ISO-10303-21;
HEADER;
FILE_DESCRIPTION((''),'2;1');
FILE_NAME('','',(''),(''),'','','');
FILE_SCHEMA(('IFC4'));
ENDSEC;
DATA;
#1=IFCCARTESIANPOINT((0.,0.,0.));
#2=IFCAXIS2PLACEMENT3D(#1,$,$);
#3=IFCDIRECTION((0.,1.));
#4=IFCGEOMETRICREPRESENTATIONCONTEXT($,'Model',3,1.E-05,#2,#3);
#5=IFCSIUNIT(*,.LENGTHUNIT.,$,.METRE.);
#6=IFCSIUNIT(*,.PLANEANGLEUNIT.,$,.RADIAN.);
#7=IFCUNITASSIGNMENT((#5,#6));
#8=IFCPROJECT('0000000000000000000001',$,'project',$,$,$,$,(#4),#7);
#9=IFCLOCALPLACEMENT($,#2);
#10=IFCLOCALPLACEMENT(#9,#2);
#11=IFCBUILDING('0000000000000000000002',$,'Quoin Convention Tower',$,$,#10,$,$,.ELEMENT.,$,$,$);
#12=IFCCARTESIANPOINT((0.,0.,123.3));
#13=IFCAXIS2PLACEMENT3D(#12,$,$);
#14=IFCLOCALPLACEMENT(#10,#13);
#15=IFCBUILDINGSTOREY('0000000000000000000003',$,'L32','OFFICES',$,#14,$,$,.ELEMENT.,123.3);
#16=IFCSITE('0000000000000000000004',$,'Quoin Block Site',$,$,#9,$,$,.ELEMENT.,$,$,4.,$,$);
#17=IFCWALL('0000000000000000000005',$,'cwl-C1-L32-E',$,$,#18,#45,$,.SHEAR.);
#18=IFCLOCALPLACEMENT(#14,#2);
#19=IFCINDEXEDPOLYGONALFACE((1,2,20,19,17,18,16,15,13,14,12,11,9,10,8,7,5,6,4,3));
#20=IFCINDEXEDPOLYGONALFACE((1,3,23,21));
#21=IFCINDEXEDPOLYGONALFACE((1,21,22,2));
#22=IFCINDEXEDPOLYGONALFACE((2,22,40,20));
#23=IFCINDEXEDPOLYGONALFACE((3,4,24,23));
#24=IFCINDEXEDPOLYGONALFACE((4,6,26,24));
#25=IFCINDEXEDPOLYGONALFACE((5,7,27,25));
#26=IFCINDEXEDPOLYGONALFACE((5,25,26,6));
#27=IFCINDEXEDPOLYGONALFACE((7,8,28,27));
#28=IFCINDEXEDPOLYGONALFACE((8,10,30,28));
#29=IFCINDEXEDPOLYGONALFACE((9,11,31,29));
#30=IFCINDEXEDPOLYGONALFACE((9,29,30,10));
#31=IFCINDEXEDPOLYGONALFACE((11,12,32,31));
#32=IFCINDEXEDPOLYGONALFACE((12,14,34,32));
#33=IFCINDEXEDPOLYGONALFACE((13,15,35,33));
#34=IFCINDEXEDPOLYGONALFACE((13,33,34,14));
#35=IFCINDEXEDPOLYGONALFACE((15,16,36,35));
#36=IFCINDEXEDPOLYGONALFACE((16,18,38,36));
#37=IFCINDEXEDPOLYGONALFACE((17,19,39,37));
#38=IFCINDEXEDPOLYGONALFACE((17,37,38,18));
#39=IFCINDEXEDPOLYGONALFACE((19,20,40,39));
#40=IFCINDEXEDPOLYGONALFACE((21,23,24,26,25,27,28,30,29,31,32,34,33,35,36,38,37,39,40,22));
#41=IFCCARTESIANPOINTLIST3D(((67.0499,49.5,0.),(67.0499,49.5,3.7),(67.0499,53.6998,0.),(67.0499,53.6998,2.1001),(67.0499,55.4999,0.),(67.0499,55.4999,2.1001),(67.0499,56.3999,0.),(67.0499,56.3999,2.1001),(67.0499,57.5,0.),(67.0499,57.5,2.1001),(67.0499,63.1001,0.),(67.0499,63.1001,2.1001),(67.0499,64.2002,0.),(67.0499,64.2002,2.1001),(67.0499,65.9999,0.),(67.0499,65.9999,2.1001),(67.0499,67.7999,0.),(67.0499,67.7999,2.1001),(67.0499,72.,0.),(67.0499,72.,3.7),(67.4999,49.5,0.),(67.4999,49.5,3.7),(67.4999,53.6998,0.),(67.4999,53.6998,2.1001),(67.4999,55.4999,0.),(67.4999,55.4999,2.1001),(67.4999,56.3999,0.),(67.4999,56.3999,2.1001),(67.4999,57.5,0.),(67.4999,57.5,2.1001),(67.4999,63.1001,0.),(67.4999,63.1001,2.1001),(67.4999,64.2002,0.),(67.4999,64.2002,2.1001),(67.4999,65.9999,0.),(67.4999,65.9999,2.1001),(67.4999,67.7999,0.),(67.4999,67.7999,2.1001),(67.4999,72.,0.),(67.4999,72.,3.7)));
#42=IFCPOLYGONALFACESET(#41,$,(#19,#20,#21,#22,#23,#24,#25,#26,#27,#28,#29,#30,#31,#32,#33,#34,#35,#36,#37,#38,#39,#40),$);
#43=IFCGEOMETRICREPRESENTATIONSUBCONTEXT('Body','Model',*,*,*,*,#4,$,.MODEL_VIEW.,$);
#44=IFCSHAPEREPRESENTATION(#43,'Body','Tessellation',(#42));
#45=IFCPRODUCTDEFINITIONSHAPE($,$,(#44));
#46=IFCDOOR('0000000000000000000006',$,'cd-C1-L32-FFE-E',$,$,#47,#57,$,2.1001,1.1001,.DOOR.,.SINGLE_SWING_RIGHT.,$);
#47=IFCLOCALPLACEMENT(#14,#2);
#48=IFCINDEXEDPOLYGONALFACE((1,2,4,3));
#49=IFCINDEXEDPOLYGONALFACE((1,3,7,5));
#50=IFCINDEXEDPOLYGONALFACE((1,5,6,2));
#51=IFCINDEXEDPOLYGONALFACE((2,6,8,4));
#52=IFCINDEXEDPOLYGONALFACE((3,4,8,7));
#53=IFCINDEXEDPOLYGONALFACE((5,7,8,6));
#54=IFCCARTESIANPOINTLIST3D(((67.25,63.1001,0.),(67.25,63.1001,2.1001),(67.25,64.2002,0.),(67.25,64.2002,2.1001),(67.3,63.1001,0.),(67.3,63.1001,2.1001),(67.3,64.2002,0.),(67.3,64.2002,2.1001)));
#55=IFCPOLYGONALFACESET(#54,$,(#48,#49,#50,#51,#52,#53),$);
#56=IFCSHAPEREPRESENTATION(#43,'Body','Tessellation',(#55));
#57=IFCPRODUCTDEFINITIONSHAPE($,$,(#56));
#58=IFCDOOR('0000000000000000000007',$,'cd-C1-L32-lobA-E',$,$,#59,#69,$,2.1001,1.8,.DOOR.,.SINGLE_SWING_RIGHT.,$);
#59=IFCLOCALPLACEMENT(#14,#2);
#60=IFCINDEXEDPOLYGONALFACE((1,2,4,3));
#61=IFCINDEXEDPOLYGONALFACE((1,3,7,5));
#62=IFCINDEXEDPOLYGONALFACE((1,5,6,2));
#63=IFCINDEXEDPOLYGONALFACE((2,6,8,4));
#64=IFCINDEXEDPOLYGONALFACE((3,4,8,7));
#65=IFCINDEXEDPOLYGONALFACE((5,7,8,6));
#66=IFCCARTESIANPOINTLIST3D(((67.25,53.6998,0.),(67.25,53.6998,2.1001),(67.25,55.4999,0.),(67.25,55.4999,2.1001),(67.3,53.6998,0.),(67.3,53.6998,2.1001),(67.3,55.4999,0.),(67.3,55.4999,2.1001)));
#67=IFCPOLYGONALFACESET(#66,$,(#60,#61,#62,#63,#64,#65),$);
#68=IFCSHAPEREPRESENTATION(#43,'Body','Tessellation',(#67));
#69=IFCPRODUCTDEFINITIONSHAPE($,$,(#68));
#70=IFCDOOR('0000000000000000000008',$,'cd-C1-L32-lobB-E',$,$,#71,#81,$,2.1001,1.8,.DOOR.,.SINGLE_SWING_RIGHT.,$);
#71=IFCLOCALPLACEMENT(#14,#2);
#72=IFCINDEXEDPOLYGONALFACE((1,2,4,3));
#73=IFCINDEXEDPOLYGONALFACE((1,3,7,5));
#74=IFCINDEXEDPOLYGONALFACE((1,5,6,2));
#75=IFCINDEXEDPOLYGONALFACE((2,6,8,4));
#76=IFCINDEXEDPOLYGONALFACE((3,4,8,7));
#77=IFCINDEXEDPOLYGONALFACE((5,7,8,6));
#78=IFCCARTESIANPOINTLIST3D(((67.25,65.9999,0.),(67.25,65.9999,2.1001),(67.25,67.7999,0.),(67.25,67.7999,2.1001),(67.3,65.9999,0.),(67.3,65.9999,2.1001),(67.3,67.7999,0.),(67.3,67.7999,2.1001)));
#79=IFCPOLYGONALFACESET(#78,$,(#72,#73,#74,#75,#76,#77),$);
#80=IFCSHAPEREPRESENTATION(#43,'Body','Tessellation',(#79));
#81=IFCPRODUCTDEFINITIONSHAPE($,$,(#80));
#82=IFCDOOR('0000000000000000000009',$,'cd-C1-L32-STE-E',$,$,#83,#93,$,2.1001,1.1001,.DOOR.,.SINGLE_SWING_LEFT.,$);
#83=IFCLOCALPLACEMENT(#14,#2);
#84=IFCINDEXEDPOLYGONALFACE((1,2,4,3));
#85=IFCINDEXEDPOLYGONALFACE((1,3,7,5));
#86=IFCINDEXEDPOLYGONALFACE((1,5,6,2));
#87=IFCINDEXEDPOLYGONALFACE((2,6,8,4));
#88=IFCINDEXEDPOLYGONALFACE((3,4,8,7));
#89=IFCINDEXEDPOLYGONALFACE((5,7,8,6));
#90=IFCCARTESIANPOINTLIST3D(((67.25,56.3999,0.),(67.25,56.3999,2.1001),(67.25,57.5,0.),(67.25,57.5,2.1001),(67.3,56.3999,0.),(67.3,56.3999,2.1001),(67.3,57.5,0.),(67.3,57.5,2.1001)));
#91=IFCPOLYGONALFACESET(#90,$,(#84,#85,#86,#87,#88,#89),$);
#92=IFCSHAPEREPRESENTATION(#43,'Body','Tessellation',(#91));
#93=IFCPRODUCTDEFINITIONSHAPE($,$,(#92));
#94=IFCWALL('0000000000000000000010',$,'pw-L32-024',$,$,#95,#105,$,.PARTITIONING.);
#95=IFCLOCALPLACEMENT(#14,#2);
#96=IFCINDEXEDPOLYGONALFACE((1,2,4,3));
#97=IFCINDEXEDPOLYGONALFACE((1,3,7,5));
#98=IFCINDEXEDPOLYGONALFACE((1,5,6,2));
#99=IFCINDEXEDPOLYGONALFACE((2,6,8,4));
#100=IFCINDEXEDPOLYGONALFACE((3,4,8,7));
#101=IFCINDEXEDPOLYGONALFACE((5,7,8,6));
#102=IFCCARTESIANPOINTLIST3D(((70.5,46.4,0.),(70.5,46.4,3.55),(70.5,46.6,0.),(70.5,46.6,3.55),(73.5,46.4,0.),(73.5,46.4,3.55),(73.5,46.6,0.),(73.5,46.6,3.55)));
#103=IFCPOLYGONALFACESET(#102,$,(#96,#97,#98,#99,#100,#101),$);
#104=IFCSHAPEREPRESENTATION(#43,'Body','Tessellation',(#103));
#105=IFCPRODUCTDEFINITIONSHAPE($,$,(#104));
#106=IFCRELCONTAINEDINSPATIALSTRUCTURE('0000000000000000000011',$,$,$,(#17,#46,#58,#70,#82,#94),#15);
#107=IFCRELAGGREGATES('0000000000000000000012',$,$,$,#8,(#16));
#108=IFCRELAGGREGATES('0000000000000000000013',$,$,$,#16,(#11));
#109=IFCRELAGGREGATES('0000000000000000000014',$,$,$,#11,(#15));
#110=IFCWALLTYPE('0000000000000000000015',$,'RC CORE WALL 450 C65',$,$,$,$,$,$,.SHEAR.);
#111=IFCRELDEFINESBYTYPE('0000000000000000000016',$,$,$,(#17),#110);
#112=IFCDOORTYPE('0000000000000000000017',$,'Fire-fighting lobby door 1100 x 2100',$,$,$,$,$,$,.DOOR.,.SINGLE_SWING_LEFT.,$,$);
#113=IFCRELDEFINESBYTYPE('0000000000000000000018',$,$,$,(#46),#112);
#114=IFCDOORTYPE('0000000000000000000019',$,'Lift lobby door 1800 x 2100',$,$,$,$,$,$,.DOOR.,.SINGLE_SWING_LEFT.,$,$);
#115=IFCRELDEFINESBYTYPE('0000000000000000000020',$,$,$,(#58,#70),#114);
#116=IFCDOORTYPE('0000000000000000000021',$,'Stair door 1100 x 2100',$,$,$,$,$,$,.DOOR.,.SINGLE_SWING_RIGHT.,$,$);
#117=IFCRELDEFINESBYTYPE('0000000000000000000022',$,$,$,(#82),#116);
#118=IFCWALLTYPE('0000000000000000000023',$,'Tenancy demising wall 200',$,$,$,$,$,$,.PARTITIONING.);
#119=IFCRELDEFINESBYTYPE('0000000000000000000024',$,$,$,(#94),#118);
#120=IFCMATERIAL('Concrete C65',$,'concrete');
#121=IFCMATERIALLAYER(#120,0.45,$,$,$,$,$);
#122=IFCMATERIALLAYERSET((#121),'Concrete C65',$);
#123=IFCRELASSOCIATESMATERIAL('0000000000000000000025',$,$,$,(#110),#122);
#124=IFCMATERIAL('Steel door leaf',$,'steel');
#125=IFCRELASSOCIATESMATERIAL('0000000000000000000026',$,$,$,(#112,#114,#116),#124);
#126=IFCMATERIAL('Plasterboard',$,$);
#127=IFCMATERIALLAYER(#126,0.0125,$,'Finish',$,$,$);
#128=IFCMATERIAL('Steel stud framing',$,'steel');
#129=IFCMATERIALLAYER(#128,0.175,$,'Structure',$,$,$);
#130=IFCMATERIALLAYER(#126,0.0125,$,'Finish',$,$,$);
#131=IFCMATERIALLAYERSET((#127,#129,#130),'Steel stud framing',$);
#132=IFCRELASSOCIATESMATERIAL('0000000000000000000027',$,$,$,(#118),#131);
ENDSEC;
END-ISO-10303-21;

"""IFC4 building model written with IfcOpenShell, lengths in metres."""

from ifc_helpers import new_model, si_unit, direction, frame, frame_2d, origin, place, context, subcontext, project, spatial, rectangle, extrude, material, layer, layer_set, type_object, element, fill, save


model = new_model("IFC4")

# Units and contexts
model_context = context("Model", 3, precision=1e-05, world=origin(), true_north=direction((0.0, 1.0)))
body_context = subcontext(model_context, "Body", "Model", "MODEL_VIEW")
ifc_project = project(units=[si_unit("LENGTHUNIT", "METRE"), si_unit("PLANEANGLEUNIT", "RADIAN")], contexts=[model_context])

# Site, building, storey
site_placement = place(None, origin())
site = spatial("IfcSite", under=ifc_project, at=site_placement, Name="Quoin Block Site", CompositionType="ELEMENT", RefElevation=4.0)
building_placement = place(site_placement, origin())
building = spatial("IfcBuilding", under=site, at=building_placement, Name="Quoin Convention Tower", CompositionType="ELEMENT")
storey_placement = place(building_placement, frame((0.0, 0.0, 123.3)))
storey = spatial("IfcBuildingStorey", under=building, at=storey_placement, Name="L32", Description="OFFICES", CompositionType="ELEMENT", Elevation=123.3)

# Shared definitions
ifc_material_1 = material(Name="Concrete C65", Category="concrete")

# Shared definitions
ifc_material_2 = material(Name="Plasterboard")
ifc_material_3 = material(Name="Steel stud framing", Category="steel")

# Wall, openings, doors
ifc_layer_1 = layer(ifc_material_1, 0.45)
ifc_layer_set_1 = layer_set([ifc_layer_1], Name="Concrete C65")
wall_type_1 = type_object("IfcWallType", Name="RC CORE WALL 450 C65", PredefinedType="SHEAR", material=ifc_layer_set_1)
wall_1_placement = place(storey_placement, frame((67.2749, 49.5, 0.0), z_axis=(0.0, 0.0, 1.0), x_axis=(0.0, 1.0, 0.0)))
wall_1 = element("IfcWall", 1, at=wall_1_placement, inside=storey, type_object=wall_type_1, Name="cwl-C1-L32-E", PredefinedType="SHEAR", context=body_context, shape_type="SweptSolid", body=[
    extrude(rectangle(XDim=22.5, YDim=0.45, at=frame_2d((11.25, 0.0))), origin(), (0.0, 0.0, 1.0), 3.7),
])
opening_1_placement = place(wall_1_placement, frame((4.2, 0.0, 0.0)))
opening_1 = element("IfcOpeningElement", 2, at=opening_1_placement, cuts=wall_1, PredefinedType="OPENING", context=body_context, shape_type="SweptSolid", body=[
    extrude(rectangle(XDim=1.8, YDim=2.1001, at=frame_2d((0.8999, 1.05))), frame((0.0, 0.2349, 0.0), z_axis=(0.0, -1.0, 0.0), x_axis=(1.0, 0.0, 0.0)), (0.0, 0.0, 1.0), 0.47),
])
opening_2_placement = place(wall_1_placement, frame((6.8999, 0.0, 0.0)))
opening_2 = element("IfcOpeningElement", 3, at=opening_2_placement, cuts=wall_1, PredefinedType="OPENING", context=body_context, shape_type="SweptSolid", body=[
    extrude(rectangle(XDim=1.1001, YDim=2.1001, at=frame_2d((0.55, 1.05))), frame((0.0, 0.2349, 0.0), z_axis=(0.0, -1.0, 0.0), x_axis=(1.0, 0.0, 0.0)), (0.0, 0.0, 1.0), 0.47),
])
opening_3_placement = place(wall_1_placement, frame((13.6001, 0.0, 0.0)))
opening_3 = element("IfcOpeningElement", 4, at=opening_3_placement, cuts=wall_1, PredefinedType="OPENING", context=body_context, shape_type="SweptSolid", body=[
    extrude(rectangle(XDim=1.1001, YDim=2.1001, at=frame_2d((0.55, 1.05))), frame((0.0, 0.2349, 0.0), z_axis=(0.0, -1.0, 0.0), x_axis=(1.0, 0.0, 0.0)), (0.0, 0.0, 1.0), 0.47),
])
opening_4_placement = place(wall_1_placement, frame((16.5, 0.0, 0.0)))
opening_4 = element("IfcOpeningElement", 5, at=opening_4_placement, cuts=wall_1, PredefinedType="OPENING", context=body_context, shape_type="SweptSolid", body=[
    extrude(rectangle(XDim=1.8, YDim=2.1001, at=frame_2d((0.8999, 1.05))), frame((0.0, 0.2349, 0.0), z_axis=(0.0, -1.0, 0.0), x_axis=(1.0, 0.0, 0.0)), (0.0, 0.0, 1.0), 0.47),
])
ifc_material_4 = material(Name="Steel door leaf", Category="steel")
door_type_1 = type_object("IfcDoorType", Name="Fire-fighting lobby door 1100 x 2100", OperationType="SINGLE_SWING_LEFT", PredefinedType="DOOR", material=ifc_material_4)
door_1_placement = place(opening_3_placement, origin())
door_1 = element("IfcDoor", 6, at=door_1_placement, inside=storey, type_object=door_type_1, Name="cd-C1-L32-FFE-E", OperationType="SINGLE_SWING_RIGHT", OverallHeight=2.1001, OverallWidth=1.1001, PredefinedType="DOOR", context=body_context, shape_type="SweptSolid", body=[
    extrude(rectangle(XDim=1.1001, YDim=2.1001, at=frame_2d((0.55, 1.05))), frame((0.0, 0.0249, 0.0), z_axis=(0.0, -1.0, 0.0), x_axis=(1.0, 0.0, 0.0)), (0.0, 0.0, 1.0), 0.05),
])
fill(opening_3, door_1)
door_type_2 = type_object("IfcDoorType", Name="Lift lobby door 1800 x 2100", OperationType="SINGLE_SWING_LEFT", PredefinedType="DOOR", material=ifc_material_4)
door_2_placement = place(opening_1_placement, origin())
door_2 = element("IfcDoor", 7, at=door_2_placement, inside=storey, type_object=door_type_2, Name="cd-C1-L32-lobA-E", OperationType="SINGLE_SWING_RIGHT", OverallHeight=2.1001, OverallWidth=1.8, PredefinedType="DOOR", context=body_context, shape_type="SweptSolid", body=[
    extrude(rectangle(XDim=1.8, YDim=2.1001, at=frame_2d((0.8999, 1.05))), frame((0.0, 0.0249, 0.0), z_axis=(0.0, -1.0, 0.0), x_axis=(1.0, 0.0, 0.0)), (0.0, 0.0, 1.0), 0.05),
])
fill(opening_1, door_2)
door_3_placement = place(opening_4_placement, origin())
door_3 = element("IfcDoor", 8, at=door_3_placement, inside=storey, type_object=door_type_2, Name="cd-C1-L32-lobB-E", OperationType="SINGLE_SWING_RIGHT", OverallHeight=2.1001, OverallWidth=1.8, PredefinedType="DOOR", context=body_context, shape_type="SweptSolid", body=[
    extrude(rectangle(XDim=1.8, YDim=2.1001, at=frame_2d((0.8999, 1.05))), frame((0.0, 0.0249, 0.0), z_axis=(0.0, -1.0, 0.0), x_axis=(1.0, 0.0, 0.0)), (0.0, 0.0, 1.0), 0.05),
])
fill(opening_4, door_3)
door_type_3 = type_object("IfcDoorType", Name="Stair door 1100 x 2100", OperationType="SINGLE_SWING_RIGHT", PredefinedType="DOOR", material=ifc_material_4)
door_4_placement = place(opening_2_placement, origin())
door_4 = element("IfcDoor", 9, at=door_4_placement, inside=storey, type_object=door_type_3, Name="cd-C1-L32-STE-E", OperationType="SINGLE_SWING_LEFT", OverallHeight=2.1001, OverallWidth=1.1001, PredefinedType="DOOR", context=body_context, shape_type="SweptSolid", body=[
    extrude(rectangle(XDim=1.1001, YDim=2.1001, at=frame_2d((0.55, 1.05))), frame((0.0, 0.0249, 0.0), z_axis=(0.0, -1.0, 0.0), x_axis=(1.0, 0.0, 0.0)), (0.0, 0.0, 1.0), 0.05),
])
fill(opening_2, door_4)

# Wall
ifc_layer_2 = layer(ifc_material_2, 0.0125, Name="Finish")
ifc_layer_3 = layer(ifc_material_3, 0.175, Name="Structure")
ifc_layer_4 = layer(ifc_material_2, 0.0125, Name="Finish")
ifc_layer_set_2 = layer_set([ifc_layer_2, ifc_layer_3, ifc_layer_4], Name="Steel stud framing")
wall_type_2 = type_object("IfcWallType", Name="Tenancy demising wall 200", PredefinedType="PARTITIONING", material=ifc_layer_set_2)
wall_2_placement = place(storey_placement, frame((70.5, 46.5, 0.0), z_axis=(0.0, 0.0, 1.0), x_axis=(1.0, 0.0, 0.0)))
element("IfcWall", 10, at=wall_2_placement, inside=storey, type_object=wall_type_2, Name="pw-L32-024", PredefinedType="PARTITIONING", context=body_context, shape_type="SweptSolid", body=[
    extrude(rectangle(XDim=3.0, YDim=0.2, at=frame_2d((1.5, 0.0))), origin(), (0.0, 0.0, 1.0), 3.55),
])

save(model, "model.ifc")
